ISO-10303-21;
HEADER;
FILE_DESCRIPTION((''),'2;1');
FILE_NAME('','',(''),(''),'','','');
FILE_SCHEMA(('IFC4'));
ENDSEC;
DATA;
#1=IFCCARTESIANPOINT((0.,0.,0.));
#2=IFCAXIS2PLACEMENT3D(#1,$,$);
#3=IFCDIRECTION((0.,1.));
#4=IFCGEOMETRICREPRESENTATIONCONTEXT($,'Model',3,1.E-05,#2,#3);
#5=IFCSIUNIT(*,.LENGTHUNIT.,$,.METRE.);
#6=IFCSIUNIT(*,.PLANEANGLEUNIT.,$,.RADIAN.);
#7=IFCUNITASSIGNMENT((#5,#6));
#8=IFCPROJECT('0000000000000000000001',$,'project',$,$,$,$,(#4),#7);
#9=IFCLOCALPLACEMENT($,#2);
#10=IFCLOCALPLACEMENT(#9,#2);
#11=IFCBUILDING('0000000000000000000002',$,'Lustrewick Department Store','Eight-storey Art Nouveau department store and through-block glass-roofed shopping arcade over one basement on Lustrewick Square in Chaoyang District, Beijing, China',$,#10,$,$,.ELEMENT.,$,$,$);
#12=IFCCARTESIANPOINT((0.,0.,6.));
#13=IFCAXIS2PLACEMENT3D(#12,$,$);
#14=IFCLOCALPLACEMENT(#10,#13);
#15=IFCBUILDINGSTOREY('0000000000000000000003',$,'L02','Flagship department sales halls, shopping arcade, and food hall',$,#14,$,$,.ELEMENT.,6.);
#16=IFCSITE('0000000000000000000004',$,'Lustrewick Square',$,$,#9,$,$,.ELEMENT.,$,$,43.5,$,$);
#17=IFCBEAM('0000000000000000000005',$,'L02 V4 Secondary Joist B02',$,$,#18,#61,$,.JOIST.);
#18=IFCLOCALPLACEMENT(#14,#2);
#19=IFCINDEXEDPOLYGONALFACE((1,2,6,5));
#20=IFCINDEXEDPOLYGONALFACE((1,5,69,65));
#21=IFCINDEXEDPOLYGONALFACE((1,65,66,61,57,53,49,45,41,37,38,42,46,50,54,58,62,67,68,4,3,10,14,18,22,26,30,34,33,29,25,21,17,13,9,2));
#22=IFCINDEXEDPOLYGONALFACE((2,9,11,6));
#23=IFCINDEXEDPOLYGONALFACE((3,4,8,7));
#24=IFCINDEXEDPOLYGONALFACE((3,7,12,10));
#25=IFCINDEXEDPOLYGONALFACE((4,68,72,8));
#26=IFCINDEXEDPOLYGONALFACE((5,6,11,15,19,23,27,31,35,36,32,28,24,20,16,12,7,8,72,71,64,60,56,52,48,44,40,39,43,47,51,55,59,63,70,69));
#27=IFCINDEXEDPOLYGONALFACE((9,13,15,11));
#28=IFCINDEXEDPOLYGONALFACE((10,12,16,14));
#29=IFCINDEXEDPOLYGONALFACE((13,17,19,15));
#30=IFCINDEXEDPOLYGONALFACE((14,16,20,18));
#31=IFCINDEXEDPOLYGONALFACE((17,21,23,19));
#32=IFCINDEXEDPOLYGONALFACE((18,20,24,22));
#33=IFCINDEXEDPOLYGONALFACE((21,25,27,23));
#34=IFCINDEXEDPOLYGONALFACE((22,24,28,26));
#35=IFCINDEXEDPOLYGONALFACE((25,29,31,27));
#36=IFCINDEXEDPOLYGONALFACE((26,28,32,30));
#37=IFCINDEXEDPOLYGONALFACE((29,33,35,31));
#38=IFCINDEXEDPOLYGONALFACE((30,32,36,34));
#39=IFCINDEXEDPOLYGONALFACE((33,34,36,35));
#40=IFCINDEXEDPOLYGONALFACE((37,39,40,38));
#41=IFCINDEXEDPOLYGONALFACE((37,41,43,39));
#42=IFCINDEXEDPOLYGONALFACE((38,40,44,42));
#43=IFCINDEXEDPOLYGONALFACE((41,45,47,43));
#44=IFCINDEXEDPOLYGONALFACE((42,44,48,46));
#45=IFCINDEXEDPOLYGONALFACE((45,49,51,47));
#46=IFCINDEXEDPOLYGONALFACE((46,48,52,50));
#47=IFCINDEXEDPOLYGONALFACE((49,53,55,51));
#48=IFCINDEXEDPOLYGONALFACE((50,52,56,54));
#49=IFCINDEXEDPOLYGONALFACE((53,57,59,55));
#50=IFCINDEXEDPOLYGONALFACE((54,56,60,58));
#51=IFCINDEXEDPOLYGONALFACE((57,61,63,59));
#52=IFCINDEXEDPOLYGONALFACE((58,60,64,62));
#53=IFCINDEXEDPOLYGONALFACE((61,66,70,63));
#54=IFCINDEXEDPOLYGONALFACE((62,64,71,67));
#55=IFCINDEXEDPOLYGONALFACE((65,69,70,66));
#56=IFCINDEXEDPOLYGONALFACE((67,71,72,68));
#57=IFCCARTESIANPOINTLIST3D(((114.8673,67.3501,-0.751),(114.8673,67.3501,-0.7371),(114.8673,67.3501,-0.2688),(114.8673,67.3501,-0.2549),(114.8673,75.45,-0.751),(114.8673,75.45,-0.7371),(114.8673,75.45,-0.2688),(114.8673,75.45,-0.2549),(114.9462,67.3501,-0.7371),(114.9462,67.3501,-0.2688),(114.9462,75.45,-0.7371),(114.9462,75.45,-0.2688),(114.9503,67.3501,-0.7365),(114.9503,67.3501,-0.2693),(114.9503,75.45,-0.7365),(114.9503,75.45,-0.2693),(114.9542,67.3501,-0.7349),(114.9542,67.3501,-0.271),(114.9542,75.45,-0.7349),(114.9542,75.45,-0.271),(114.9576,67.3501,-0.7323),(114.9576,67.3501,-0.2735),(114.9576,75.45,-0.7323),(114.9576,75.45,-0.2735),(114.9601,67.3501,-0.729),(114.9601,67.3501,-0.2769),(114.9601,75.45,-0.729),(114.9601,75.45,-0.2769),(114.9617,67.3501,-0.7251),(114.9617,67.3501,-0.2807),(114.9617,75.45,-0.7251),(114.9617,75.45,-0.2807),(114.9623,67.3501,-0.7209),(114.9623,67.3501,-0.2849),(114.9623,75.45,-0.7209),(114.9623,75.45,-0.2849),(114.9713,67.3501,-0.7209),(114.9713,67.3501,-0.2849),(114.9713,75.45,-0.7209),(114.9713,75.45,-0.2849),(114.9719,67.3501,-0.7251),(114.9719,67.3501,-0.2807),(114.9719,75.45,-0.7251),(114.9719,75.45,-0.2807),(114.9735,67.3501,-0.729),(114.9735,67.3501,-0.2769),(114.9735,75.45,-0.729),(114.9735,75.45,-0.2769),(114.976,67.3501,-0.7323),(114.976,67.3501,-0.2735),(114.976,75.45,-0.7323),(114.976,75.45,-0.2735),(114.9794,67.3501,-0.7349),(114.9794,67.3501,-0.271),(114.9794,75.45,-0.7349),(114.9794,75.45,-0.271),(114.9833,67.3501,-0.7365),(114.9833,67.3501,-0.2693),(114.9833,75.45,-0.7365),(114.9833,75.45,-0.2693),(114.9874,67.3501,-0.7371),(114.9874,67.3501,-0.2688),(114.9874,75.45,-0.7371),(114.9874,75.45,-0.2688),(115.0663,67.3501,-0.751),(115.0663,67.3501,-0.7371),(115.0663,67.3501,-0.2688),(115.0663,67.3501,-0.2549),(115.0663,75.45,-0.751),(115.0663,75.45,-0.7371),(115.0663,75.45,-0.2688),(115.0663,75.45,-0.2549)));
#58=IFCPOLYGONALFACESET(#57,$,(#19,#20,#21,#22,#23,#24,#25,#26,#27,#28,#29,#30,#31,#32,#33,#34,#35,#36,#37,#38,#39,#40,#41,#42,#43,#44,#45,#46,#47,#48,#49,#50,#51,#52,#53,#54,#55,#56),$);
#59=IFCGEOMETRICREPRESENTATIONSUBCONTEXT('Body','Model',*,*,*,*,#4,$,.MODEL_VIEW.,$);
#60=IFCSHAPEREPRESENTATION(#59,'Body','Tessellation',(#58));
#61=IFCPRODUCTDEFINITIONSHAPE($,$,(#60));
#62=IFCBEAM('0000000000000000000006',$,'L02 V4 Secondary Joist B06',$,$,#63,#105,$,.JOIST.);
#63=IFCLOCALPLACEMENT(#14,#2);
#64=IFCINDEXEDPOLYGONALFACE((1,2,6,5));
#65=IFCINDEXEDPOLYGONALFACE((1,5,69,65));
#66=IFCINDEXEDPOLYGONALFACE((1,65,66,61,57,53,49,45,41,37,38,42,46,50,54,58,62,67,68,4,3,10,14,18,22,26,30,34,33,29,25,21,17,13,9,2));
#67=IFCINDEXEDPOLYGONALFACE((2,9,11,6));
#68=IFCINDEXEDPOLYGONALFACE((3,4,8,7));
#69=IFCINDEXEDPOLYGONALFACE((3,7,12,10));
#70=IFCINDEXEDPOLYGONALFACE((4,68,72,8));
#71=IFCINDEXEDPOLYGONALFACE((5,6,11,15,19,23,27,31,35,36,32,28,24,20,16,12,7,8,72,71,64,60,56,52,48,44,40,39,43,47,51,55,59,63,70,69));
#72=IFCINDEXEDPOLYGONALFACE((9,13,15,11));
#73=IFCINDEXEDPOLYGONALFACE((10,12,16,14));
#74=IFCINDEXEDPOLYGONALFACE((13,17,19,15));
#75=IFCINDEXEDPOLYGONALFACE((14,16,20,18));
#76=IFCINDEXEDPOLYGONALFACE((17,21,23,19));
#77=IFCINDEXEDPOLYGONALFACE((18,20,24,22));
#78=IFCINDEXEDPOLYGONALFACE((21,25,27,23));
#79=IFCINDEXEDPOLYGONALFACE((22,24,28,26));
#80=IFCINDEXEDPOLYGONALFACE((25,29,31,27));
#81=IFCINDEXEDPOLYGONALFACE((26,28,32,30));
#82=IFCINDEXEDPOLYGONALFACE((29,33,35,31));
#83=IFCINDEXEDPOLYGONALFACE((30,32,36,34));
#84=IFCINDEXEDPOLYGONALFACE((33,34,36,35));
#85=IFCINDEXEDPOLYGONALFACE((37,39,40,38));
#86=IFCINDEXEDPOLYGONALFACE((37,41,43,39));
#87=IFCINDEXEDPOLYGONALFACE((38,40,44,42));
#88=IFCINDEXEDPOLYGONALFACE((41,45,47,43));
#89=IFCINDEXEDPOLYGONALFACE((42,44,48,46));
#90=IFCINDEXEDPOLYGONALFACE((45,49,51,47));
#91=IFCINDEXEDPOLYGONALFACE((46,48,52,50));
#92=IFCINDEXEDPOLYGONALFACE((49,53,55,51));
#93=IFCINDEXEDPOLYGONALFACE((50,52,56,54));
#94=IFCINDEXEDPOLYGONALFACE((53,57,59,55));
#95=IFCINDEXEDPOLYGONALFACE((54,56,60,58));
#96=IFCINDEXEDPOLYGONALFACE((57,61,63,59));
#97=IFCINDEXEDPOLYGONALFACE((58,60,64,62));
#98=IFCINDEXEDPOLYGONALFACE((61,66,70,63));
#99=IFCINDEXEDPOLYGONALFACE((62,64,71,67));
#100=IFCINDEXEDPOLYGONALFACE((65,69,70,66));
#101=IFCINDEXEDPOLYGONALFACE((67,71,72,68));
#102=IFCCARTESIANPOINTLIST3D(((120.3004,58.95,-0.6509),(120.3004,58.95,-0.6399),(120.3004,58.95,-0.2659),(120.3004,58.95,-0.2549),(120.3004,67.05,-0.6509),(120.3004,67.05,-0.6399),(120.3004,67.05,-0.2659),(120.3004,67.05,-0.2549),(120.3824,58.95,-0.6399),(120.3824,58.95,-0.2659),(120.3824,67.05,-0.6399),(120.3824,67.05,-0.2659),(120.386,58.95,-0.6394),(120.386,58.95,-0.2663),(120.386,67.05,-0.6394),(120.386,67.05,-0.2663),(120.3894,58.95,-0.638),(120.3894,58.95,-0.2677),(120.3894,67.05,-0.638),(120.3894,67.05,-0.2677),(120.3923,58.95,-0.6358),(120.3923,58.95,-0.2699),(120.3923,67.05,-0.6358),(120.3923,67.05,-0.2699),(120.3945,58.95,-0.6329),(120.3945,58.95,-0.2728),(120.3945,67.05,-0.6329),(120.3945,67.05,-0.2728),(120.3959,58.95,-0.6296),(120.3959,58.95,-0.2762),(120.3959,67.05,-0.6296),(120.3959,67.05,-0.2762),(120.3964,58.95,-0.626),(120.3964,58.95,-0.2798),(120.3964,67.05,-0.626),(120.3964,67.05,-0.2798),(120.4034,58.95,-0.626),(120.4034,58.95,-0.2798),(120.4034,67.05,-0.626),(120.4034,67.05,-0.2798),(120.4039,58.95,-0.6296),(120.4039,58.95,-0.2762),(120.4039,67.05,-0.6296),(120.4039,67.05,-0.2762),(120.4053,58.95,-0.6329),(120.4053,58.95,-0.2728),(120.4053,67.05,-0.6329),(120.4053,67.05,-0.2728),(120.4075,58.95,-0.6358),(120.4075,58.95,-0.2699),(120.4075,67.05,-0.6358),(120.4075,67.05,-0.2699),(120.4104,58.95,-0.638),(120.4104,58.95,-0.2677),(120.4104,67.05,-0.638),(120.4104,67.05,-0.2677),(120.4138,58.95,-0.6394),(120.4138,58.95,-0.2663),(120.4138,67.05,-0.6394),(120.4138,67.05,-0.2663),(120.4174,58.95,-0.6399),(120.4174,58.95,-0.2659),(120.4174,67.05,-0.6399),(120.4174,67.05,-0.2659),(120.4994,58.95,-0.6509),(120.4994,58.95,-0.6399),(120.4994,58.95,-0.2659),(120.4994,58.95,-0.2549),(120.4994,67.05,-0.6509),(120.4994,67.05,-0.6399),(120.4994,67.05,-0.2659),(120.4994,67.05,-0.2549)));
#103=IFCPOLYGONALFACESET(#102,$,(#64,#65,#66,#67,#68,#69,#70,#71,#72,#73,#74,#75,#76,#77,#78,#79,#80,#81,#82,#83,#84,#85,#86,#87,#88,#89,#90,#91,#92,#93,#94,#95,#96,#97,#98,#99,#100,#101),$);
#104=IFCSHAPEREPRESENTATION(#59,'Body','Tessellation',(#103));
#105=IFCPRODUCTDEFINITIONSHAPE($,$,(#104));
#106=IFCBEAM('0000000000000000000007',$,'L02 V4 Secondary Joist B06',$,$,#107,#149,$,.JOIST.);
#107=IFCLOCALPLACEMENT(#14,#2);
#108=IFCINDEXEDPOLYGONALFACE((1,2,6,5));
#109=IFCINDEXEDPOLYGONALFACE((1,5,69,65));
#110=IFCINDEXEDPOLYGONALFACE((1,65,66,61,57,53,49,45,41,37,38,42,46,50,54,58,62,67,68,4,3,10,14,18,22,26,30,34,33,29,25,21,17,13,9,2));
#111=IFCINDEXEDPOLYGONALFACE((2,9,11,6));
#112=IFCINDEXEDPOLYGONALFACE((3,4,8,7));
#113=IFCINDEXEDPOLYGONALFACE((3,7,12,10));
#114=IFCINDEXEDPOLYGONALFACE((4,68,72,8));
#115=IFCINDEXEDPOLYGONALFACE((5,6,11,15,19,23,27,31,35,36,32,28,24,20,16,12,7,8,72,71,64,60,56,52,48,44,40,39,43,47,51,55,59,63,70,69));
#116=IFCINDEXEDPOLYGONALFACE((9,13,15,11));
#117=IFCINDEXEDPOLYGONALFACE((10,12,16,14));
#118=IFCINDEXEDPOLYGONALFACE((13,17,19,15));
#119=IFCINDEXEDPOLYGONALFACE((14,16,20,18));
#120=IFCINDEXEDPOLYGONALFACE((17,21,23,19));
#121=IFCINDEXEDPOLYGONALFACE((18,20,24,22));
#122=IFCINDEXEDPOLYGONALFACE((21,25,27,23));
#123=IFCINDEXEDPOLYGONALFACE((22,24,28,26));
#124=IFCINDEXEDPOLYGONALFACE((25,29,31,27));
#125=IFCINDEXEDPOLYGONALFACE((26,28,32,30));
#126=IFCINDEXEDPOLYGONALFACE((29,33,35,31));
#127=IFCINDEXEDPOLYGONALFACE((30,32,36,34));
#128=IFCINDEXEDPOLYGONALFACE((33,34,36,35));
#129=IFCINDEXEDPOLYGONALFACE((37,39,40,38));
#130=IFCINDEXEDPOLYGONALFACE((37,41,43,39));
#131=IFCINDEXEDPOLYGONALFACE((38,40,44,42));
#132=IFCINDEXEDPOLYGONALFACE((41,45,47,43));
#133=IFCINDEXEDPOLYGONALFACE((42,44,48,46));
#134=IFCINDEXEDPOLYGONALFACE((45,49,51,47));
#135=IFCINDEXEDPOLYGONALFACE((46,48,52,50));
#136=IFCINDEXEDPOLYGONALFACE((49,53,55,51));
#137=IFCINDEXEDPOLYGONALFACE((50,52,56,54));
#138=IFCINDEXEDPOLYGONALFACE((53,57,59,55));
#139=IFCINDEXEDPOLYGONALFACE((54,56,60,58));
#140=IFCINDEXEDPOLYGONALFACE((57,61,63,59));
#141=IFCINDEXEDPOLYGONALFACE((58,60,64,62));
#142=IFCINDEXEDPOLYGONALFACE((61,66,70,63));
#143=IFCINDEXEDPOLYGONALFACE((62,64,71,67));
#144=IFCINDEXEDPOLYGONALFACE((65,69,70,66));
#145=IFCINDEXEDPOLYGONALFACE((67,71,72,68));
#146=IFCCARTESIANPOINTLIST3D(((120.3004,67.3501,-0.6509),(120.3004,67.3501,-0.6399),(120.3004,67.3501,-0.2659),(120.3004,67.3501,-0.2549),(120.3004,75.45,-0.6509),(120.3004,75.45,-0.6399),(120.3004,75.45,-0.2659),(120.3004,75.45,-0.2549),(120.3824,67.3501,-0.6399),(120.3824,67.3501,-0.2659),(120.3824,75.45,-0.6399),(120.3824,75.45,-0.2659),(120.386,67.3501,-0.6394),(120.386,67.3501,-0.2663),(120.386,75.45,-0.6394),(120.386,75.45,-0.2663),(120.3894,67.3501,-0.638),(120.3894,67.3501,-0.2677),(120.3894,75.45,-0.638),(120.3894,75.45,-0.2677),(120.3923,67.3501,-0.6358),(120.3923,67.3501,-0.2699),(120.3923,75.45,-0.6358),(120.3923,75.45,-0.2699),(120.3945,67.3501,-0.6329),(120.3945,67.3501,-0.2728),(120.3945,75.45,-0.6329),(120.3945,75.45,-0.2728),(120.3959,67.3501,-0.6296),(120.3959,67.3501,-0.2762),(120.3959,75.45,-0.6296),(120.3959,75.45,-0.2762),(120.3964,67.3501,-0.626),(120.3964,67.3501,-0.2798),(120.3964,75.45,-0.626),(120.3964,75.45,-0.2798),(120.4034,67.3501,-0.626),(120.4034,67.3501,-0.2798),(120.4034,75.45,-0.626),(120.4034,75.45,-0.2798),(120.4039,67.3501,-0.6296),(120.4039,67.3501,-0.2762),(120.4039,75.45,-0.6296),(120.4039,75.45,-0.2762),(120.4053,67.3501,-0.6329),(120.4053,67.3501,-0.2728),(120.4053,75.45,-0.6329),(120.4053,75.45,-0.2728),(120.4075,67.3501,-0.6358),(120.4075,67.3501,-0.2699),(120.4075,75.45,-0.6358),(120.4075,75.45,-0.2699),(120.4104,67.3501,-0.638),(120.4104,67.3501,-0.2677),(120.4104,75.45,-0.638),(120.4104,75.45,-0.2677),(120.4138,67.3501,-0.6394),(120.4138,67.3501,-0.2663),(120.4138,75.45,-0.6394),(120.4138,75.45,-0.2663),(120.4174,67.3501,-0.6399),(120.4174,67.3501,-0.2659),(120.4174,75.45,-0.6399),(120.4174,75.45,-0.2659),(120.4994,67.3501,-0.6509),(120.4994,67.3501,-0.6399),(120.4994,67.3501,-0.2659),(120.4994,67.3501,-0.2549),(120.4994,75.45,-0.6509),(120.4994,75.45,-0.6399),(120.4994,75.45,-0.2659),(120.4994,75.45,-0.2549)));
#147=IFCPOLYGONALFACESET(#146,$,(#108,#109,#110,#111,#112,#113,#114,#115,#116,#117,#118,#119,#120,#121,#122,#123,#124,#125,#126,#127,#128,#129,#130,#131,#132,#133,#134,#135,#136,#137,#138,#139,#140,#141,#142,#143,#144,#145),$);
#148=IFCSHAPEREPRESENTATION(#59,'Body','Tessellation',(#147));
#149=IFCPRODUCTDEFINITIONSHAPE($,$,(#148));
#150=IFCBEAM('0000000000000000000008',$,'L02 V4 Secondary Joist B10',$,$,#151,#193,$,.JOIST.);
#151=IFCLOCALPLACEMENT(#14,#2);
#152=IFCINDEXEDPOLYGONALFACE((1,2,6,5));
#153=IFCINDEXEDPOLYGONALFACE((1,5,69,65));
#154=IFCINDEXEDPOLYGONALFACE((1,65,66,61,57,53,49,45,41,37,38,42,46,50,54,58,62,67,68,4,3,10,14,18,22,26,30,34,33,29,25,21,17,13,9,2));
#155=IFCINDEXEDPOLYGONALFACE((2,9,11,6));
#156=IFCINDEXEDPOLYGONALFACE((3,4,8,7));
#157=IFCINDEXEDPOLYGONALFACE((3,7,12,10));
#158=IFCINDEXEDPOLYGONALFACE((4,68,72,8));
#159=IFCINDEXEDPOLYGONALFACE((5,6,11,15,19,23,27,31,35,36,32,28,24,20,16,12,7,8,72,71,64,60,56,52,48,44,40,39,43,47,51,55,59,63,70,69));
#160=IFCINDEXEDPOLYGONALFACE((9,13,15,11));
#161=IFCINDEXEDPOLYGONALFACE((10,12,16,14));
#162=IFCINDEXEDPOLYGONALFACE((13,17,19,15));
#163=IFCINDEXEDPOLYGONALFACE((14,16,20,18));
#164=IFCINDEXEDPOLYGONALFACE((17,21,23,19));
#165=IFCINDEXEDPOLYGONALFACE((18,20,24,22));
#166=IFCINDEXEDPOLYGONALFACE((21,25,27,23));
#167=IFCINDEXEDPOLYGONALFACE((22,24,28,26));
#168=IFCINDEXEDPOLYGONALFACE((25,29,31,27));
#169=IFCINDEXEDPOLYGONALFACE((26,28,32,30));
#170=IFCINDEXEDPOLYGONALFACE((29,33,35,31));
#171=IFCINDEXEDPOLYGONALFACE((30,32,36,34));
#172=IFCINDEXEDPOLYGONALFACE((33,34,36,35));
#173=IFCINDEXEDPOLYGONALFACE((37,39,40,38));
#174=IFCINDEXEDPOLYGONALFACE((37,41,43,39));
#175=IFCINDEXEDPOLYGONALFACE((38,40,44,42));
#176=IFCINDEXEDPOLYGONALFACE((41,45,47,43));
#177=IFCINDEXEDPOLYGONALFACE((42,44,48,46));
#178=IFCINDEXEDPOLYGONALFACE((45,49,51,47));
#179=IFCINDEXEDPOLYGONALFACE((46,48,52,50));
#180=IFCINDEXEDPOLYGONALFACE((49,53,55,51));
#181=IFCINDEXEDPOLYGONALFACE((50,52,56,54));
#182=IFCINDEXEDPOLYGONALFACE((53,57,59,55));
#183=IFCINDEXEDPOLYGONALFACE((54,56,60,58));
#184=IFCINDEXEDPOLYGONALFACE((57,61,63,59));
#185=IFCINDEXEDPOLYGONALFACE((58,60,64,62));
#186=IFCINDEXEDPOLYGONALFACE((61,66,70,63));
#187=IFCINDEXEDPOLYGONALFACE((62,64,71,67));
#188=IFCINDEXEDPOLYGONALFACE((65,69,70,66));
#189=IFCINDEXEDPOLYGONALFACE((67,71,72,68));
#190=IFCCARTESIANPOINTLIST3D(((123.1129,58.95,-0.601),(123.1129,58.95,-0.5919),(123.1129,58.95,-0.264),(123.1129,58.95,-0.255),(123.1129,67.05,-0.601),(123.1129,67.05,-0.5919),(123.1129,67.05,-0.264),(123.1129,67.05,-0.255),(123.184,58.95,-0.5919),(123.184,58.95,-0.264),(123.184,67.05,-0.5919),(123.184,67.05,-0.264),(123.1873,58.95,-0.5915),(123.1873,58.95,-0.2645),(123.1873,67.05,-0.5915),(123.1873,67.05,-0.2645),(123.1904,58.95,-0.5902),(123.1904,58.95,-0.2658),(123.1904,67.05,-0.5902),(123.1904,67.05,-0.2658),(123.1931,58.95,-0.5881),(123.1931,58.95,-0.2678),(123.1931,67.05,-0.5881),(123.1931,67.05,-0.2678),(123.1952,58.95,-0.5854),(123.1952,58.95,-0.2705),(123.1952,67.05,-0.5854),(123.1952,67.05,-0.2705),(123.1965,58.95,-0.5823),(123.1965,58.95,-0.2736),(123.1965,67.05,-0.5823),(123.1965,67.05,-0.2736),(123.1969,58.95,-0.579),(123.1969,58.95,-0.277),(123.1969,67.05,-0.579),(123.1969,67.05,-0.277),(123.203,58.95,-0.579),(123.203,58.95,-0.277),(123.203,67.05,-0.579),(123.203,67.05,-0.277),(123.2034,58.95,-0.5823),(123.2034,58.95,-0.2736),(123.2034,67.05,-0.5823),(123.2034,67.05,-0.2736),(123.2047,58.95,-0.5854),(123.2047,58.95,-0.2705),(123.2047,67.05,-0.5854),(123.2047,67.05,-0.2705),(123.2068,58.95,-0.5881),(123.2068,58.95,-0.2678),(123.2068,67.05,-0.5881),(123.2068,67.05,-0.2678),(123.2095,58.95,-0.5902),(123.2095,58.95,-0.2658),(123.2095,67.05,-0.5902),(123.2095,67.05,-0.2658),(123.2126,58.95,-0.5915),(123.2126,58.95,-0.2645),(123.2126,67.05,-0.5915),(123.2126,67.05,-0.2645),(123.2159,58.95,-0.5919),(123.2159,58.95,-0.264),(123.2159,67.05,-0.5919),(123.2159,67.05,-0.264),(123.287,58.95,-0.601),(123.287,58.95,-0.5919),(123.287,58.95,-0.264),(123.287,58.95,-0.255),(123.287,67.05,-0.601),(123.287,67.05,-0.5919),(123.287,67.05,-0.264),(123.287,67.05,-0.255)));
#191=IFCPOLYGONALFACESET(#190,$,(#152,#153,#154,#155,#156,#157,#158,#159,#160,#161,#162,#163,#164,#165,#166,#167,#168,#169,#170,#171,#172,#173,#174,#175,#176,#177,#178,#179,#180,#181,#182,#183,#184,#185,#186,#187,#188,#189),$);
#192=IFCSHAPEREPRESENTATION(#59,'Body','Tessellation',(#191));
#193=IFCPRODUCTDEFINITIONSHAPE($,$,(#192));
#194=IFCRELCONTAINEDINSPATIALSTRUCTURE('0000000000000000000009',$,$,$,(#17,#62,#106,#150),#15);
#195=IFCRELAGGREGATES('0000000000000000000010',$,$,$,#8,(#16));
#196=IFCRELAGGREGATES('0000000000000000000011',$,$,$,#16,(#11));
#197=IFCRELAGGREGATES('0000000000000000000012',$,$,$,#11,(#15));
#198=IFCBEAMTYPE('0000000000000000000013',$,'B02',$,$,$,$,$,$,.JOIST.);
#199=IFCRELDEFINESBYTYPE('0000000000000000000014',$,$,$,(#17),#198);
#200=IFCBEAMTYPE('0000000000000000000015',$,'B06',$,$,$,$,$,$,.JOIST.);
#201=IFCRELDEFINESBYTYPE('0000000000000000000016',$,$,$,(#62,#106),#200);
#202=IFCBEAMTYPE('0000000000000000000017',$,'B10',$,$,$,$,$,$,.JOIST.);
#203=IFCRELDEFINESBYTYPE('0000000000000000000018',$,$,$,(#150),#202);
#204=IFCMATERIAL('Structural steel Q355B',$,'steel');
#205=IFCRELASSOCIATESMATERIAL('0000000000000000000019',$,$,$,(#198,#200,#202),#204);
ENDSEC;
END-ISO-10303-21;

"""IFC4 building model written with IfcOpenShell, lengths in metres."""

from ifc_helpers import new_model, si_unit, direction, frame, origin, origin_2d, place, context, subcontext, project, spatial, i_section, extrude, material, material_profile, profile_set, type_object, element, save


model = new_model("IFC4")

# Units and contexts
model_context = context("Model", 3, precision=1e-05, world=origin(), true_north=direction((0.0, 1.0)))
body_context = subcontext(model_context, "Body", "Model", "MODEL_VIEW")
ifc_project = project(units=[si_unit("LENGTHUNIT", "METRE"), si_unit("PLANEANGLEUNIT", "RADIAN")], contexts=[model_context])

# Site, building, storey
site_placement = place(None, origin())
site = spatial("IfcSite", under=ifc_project, at=site_placement, Name="Lustrewick Square", CompositionType="ELEMENT", RefElevation=43.5)
building_placement = place(site_placement, origin())
building = spatial("IfcBuilding", under=site, at=building_placement, Name="Lustrewick Department Store", Description="Eight-storey Art Nouveau department store and through-block glass-roofed shopping arcade over one basement on Lustrewick Square in Chaoyang District, Beijing, China", CompositionType="ELEMENT")
storey_placement = place(building_placement, frame((0.0, 0.0, 6.0)))
storey = spatial("IfcBuildingStorey", under=building, at=storey_placement, Name="L02", Description="Flagship department sales halls, shopping arcade, and food hall", CompositionType="ELEMENT", Elevation=6.0)

# Beams
ifc_material_1 = material(Name="Structural steel Q355B", Category="steel")
ifc_material_profile_1 = material_profile(ifc_material_1, i_section(OverallWidth=0.199, OverallDepth=0.4961, WebThickness=0.009, FlangeThickness=0.0139, FilletRadius=0.0161, at=origin_2d()), Name="HN 496x199x9x14")
ifc_profile_set_1 = profile_set([ifc_material_profile_1], Name="Structural steel Q355B")
beam_type_1 = type_object("IfcBeamType", Name="B02", PredefinedType="JOIST", material=ifc_profile_set_1)
beam_1_placement = place(storey_placement, frame((114.9668, 67.3501, -0.5029), z_axis=(0.0, 1.0, 0.0), x_axis=(-1.0, 0.0, 0.0)))
element("IfcBeam", 1, at=beam_1_placement, inside=storey, type_object=beam_type_1, Name="L02 V4 Secondary Joist B02", PredefinedType="JOIST", context=body_context, shape_type="SweptSolid", body=[
    extrude(i_section(OverallWidth=0.199, OverallDepth=0.4961, WebThickness=0.009, FlangeThickness=0.0139, FilletRadius=0.0161, at=origin_2d()), origin(), (0.0, 0.0, 1.0), 8.0999),
])
ifc_material_profile_2 = material_profile(ifc_material_1, i_section(OverallWidth=0.199, OverallDepth=0.396, WebThickness=0.0071, FlangeThickness=0.011, FilletRadius=0.0139, at=origin_2d()), Name="HN 396x199x7x11")
ifc_profile_set_2 = profile_set([ifc_material_profile_2], Name="Structural steel Q355B")
beam_type_2 = type_object("IfcBeamType", Name="B06", PredefinedType="JOIST", material=ifc_profile_set_2)
beam_2_placement = place(storey_placement, frame((120.3999, 58.95, -0.4529), z_axis=(0.0, 1.0, 0.0), x_axis=(-1.0, 0.0, 0.0)))
element("IfcBeam", 2, at=beam_2_placement, inside=storey, type_object=beam_type_2, Name="L02 V4 Secondary Joist B06", PredefinedType="JOIST", context=body_context, shape_type="SweptSolid", body=[
    extrude(i_section(OverallWidth=0.199, OverallDepth=0.396, WebThickness=0.0071, FlangeThickness=0.011, FilletRadius=0.0139, at=origin_2d()), origin(), (0.0, 0.0, 1.0), 8.1001),
])
beam_3_placement = place(storey_placement, frame((120.3999, 67.3501, -0.4529), z_axis=(0.0, 1.0, 0.0), x_axis=(-1.0, 0.0, 0.0)))
element("IfcBeam", 3, at=beam_3_placement, inside=storey, type_object=beam_type_2, Name="L02 V4 Secondary Joist B06", PredefinedType="JOIST", context=body_context, shape_type="SweptSolid", body=[
    extrude(i_section(OverallWidth=0.199, OverallDepth=0.396, WebThickness=0.0071, FlangeThickness=0.011, FilletRadius=0.0139, at=origin_2d()), origin(), (0.0, 0.0, 1.0), 8.0999),
])
ifc_material_profile_3 = material_profile(ifc_material_1, i_section(OverallWidth=0.1741, OverallDepth=0.3459, WebThickness=0.0061, FlangeThickness=0.009, FilletRadius=0.0129, at=origin_2d()), Name="HN 346x174x6x9")
ifc_profile_set_3 = profile_set([ifc_material_profile_3], Name="Structural steel Q355B")
beam_type_3 = type_object("IfcBeamType", Name="B10", PredefinedType="JOIST", material=ifc_profile_set_3)
beam_4_placement = place(storey_placement, frame((123.2, 58.95, -0.428), z_axis=(0.0, 1.0, 0.0), x_axis=(-1.0, 0.0, 0.0)))
element("IfcBeam", 4, at=beam_4_placement, inside=storey, type_object=beam_type_3, Name="L02 V4 Secondary Joist B10", PredefinedType="JOIST", context=body_context, shape_type="SweptSolid", body=[
    extrude(i_section(OverallWidth=0.1741, OverallDepth=0.3459, WebThickness=0.0061, FlangeThickness=0.009, FilletRadius=0.0129, at=origin_2d()), origin(), (0.0, 0.0, 1.0), 8.1001),
])

save(model, "model.ifc")
